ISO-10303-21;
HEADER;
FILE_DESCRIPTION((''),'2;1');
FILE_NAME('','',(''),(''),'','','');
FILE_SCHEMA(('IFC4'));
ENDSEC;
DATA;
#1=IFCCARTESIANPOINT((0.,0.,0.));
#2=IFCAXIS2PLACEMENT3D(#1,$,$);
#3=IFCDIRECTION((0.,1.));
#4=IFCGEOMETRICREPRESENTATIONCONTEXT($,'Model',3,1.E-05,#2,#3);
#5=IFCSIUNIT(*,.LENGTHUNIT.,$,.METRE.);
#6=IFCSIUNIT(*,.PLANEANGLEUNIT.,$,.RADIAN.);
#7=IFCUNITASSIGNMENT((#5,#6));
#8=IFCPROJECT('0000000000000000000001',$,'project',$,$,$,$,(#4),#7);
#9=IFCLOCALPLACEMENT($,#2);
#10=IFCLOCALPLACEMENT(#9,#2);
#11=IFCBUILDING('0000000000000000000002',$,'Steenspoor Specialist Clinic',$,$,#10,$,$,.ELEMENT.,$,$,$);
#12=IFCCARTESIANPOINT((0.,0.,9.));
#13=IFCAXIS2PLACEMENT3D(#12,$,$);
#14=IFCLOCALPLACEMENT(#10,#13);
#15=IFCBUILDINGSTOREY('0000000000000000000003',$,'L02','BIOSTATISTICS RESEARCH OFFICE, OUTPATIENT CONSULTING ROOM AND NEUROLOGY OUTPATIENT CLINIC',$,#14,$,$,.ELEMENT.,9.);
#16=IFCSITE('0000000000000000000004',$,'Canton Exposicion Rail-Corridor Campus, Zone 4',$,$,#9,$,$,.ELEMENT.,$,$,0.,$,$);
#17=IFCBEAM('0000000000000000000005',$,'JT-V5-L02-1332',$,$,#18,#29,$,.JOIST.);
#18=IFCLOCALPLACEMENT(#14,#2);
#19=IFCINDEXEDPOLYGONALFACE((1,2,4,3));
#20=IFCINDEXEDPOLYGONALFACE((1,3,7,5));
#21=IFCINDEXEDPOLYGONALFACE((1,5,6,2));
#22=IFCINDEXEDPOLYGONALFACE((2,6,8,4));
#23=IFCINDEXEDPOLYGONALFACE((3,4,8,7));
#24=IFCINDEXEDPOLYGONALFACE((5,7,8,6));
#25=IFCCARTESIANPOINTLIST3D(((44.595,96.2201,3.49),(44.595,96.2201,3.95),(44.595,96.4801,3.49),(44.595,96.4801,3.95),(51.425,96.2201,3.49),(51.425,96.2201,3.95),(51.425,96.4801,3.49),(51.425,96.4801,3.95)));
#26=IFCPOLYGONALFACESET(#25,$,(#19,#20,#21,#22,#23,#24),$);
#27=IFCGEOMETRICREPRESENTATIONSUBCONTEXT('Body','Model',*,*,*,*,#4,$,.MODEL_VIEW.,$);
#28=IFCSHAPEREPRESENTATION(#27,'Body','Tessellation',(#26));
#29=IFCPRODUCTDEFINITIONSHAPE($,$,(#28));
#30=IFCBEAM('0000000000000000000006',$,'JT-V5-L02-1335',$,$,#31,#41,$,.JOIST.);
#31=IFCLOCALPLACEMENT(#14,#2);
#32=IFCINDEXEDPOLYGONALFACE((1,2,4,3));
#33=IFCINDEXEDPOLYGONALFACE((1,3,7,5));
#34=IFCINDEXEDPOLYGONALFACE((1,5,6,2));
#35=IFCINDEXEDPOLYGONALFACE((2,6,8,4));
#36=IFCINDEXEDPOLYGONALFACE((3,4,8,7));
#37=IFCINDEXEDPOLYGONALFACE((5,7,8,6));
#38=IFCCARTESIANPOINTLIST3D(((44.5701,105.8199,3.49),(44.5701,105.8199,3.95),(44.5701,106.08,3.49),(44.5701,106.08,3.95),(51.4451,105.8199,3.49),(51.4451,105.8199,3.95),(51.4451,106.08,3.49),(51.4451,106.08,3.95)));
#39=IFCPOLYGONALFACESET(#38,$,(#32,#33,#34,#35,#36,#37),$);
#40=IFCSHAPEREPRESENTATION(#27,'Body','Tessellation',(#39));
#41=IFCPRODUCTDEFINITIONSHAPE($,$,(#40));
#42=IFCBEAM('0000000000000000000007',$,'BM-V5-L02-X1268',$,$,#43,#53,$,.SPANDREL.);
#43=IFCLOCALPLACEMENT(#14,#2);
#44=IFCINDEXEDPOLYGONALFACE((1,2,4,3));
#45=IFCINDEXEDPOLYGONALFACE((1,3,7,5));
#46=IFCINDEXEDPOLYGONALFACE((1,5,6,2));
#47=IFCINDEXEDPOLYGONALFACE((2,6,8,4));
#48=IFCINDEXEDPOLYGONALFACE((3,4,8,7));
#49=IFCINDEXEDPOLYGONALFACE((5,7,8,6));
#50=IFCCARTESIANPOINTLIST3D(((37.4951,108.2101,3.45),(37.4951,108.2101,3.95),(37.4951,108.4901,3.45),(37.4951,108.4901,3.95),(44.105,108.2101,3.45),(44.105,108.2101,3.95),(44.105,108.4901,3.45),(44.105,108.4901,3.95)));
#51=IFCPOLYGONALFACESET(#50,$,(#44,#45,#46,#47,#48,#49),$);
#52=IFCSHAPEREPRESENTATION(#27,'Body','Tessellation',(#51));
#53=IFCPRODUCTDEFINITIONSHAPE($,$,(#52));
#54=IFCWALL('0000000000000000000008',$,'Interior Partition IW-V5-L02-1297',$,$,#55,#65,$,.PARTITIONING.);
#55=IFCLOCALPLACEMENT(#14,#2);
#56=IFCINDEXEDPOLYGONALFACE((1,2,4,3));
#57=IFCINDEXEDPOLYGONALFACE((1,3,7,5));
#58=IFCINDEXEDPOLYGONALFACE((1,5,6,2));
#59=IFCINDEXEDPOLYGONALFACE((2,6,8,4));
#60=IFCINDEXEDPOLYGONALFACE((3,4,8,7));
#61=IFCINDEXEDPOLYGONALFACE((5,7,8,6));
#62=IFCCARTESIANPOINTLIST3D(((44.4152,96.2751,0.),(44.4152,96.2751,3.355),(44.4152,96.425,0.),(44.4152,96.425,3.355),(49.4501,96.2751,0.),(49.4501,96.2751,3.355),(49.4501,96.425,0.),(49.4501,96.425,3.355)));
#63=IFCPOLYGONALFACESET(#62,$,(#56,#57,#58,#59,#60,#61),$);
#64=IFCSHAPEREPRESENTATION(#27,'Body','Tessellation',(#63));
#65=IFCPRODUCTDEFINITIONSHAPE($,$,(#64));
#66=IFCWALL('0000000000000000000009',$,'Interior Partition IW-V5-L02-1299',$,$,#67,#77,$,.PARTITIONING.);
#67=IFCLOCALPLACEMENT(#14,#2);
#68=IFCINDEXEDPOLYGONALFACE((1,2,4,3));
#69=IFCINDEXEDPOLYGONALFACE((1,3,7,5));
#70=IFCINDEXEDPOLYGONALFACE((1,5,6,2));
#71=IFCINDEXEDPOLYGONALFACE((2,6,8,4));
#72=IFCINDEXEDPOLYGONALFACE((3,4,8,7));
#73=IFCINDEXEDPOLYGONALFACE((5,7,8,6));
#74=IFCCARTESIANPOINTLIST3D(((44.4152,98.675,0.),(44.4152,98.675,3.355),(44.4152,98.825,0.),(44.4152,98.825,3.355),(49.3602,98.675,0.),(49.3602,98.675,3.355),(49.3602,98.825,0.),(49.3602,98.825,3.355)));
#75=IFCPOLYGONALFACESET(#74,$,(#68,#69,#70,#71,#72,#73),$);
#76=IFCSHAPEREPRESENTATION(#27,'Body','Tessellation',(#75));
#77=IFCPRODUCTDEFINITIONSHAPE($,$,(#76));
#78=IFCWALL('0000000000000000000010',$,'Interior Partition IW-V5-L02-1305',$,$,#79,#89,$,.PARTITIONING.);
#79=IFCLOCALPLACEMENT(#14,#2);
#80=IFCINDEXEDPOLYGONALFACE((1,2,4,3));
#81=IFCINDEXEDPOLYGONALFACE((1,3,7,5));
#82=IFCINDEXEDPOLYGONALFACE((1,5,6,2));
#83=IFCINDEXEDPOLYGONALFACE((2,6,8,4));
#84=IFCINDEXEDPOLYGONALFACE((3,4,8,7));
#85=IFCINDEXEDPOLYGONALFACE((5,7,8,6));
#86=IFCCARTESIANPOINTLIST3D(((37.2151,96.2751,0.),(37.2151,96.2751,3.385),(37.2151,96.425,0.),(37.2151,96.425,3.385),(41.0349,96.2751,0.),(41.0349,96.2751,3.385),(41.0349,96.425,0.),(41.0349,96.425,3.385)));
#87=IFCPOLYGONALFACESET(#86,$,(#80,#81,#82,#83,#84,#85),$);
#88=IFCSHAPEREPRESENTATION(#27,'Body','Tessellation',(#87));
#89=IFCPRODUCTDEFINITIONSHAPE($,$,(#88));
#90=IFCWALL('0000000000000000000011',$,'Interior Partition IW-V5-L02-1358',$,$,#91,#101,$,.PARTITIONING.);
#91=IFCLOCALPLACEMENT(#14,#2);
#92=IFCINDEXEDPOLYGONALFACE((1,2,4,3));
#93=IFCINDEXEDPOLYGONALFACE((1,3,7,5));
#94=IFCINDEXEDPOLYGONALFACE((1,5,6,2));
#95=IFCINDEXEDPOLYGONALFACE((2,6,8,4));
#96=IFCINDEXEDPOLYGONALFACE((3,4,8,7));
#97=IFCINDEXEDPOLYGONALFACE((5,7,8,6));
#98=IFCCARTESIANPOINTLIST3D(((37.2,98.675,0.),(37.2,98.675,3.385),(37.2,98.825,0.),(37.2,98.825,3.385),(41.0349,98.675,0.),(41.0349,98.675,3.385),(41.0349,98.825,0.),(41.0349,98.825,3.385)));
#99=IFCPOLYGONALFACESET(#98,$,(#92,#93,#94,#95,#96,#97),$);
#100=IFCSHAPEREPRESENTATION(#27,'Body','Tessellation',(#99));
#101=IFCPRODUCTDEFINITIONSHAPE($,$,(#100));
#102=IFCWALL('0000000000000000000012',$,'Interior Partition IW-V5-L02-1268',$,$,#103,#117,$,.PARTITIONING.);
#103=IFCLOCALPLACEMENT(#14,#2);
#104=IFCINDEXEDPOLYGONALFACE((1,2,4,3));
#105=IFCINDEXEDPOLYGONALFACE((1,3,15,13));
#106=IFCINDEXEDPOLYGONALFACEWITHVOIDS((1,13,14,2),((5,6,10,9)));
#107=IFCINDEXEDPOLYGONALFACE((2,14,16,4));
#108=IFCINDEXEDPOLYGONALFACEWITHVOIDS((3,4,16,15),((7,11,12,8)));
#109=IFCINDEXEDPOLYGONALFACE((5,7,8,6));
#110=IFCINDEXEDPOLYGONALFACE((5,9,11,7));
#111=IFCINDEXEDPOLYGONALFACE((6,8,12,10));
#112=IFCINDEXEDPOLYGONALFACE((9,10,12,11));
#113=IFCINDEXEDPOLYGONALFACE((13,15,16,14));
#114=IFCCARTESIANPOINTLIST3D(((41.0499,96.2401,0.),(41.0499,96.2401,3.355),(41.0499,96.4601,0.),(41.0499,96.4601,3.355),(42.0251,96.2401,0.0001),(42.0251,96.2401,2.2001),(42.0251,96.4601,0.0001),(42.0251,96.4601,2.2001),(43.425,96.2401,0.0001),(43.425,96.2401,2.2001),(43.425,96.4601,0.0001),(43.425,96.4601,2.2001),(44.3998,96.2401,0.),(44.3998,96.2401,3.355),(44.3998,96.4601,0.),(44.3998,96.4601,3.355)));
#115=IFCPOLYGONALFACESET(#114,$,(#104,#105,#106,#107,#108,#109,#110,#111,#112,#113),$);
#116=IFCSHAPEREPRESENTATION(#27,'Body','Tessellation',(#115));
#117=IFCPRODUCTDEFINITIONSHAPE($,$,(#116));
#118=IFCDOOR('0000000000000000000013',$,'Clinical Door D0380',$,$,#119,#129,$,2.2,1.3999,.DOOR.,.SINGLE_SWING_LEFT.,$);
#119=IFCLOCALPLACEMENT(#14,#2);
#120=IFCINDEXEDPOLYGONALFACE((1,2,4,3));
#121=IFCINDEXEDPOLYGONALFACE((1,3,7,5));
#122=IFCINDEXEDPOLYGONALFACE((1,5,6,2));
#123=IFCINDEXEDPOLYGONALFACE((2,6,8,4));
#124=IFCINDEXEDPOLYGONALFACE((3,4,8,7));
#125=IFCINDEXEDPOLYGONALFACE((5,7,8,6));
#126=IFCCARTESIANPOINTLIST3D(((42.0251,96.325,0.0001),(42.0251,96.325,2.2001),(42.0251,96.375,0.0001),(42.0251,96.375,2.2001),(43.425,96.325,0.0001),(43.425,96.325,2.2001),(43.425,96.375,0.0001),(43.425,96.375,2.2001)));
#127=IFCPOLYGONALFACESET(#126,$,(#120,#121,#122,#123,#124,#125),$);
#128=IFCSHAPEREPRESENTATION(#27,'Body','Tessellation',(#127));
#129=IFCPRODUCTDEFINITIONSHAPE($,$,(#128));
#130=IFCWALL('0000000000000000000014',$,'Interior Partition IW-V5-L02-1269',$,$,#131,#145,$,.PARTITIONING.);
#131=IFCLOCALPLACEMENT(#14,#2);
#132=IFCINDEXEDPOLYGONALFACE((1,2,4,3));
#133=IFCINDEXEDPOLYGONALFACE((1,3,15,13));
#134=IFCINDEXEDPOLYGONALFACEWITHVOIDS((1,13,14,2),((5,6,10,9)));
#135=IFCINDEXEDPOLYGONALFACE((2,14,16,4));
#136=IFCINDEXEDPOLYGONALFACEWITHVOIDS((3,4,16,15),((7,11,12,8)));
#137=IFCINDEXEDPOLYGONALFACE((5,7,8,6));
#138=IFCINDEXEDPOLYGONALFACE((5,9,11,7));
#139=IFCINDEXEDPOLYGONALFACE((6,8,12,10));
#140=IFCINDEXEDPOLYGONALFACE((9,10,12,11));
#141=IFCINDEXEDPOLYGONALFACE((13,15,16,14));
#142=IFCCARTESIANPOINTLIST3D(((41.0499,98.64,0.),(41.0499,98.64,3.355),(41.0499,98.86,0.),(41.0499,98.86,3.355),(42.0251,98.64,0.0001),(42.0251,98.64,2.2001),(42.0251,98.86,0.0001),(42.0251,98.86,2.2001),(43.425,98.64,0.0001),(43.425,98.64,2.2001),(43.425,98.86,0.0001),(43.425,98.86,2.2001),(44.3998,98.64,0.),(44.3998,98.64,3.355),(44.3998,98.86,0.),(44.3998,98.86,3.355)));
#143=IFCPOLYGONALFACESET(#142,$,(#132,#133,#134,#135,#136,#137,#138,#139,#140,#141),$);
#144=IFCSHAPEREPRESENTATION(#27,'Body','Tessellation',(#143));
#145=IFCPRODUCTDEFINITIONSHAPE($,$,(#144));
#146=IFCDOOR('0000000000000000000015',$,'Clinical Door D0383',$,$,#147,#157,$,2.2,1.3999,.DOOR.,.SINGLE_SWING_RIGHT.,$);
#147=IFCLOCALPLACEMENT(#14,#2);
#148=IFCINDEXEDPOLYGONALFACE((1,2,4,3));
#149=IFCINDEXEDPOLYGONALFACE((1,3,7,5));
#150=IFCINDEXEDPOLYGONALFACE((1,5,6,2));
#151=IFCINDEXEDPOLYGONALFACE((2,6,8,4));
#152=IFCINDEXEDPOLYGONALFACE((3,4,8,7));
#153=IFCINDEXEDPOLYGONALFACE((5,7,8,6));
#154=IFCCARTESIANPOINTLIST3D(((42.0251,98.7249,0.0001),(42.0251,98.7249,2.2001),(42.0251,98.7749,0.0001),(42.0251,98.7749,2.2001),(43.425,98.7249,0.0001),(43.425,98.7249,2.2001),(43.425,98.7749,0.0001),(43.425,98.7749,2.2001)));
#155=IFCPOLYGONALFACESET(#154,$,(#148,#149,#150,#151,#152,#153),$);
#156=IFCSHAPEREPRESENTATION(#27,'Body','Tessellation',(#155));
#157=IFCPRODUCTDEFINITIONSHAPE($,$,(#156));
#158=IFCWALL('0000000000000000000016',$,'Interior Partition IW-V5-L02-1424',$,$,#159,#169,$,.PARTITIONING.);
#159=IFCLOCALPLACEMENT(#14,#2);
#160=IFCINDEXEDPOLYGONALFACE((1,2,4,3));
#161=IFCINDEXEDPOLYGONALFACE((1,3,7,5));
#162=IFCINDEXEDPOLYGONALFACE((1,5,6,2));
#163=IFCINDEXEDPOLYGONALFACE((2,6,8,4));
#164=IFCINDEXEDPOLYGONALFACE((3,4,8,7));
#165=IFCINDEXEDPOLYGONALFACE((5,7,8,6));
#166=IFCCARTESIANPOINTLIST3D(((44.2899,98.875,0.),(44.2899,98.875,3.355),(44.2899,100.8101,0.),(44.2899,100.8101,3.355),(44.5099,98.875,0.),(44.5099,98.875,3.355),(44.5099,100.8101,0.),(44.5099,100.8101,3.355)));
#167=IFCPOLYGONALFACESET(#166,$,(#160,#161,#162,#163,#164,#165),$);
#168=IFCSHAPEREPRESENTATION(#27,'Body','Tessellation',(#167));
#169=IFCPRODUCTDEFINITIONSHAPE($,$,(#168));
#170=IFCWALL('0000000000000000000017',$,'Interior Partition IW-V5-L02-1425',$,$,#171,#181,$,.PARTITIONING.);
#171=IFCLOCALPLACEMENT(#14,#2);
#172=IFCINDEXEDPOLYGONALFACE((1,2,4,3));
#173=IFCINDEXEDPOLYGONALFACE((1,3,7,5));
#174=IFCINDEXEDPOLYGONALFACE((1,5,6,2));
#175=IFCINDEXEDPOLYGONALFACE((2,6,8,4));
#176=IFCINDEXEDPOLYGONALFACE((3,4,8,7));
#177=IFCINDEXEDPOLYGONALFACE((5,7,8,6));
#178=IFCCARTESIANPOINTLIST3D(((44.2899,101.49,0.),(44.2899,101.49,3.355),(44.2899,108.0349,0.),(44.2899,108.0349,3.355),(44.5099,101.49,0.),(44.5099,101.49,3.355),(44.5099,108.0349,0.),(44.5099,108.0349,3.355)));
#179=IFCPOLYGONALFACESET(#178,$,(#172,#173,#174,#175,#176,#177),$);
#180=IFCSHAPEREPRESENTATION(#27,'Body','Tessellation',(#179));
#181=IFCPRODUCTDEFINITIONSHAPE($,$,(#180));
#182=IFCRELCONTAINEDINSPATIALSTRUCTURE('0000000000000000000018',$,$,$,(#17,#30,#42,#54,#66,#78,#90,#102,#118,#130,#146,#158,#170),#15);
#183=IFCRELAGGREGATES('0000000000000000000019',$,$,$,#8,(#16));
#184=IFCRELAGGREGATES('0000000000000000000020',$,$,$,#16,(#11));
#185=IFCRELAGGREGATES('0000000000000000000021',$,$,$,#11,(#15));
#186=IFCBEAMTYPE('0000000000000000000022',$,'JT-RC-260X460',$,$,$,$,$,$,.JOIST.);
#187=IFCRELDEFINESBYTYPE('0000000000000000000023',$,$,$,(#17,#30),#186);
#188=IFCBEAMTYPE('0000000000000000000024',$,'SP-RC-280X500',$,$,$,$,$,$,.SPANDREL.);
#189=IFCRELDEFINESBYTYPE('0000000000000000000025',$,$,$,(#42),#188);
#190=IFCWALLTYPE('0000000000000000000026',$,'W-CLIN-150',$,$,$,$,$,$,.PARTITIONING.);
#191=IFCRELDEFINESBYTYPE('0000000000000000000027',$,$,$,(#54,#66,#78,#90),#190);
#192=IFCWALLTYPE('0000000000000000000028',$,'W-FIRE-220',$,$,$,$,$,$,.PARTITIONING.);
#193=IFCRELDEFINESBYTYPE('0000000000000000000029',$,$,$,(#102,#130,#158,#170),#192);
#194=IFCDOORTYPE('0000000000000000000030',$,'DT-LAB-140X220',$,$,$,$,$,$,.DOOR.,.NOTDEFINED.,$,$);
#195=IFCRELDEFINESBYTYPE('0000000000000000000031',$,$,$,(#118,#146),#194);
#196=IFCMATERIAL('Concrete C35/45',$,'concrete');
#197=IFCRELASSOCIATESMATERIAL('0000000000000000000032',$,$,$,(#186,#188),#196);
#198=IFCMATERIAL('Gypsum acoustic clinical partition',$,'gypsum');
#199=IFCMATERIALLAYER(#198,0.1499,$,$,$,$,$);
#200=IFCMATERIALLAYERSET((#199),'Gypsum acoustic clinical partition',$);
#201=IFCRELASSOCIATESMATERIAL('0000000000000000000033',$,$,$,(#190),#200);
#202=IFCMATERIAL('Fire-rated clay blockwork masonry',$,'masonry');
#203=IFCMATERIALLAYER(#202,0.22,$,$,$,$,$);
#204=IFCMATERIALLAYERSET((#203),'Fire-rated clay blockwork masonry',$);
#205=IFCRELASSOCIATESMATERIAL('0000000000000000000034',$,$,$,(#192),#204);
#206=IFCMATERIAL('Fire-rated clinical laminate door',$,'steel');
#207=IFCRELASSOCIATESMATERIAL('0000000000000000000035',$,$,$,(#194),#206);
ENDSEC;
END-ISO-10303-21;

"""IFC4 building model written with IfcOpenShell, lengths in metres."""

from ifc_helpers import new_model, si_unit, direction, frame, frame_2d, origin, origin_2d, place, context, subcontext, project, spatial, rectangle, extrude, material, layer, layer_set, material_profile, profile_set, type_object, element, fill, save


model = new_model("IFC4")

# Units and contexts
model_context = context("Model", 3, precision=1e-05, world=origin(), true_north=direction((0.0, 1.0)))
body_context = subcontext(model_context, "Body", "Model", "MODEL_VIEW")
ifc_project = project(units=[si_unit("LENGTHUNIT", "METRE"), si_unit("PLANEANGLEUNIT", "RADIAN")], contexts=[model_context])

# Site, building, storey
site_placement = place(None, origin())
site = spatial("IfcSite", under=ifc_project, at=site_placement, Name="Canton Exposicion Rail-Corridor Campus, Zone 4", CompositionType="ELEMENT", RefElevation=0.0)
building_placement = place(site_placement, origin())
building = spatial("IfcBuilding", under=site, at=building_placement, Name="Steenspoor Specialist Clinic", CompositionType="ELEMENT")
storey_placement = place(building_placement, frame((0.0, 0.0, 9.0)))
storey = spatial("IfcBuildingStorey", under=building, at=storey_placement, Name="L02", Description="BIOSTATISTICS RESEARCH OFFICE, OUTPATIENT CONSULTING ROOM AND NEUROLOGY OUTPATIENT CLINIC", CompositionType="ELEMENT", Elevation=9.0)

# Beams
ifc_material_1 = material(Name="Concrete C35/45", Category="concrete")
ifc_material_profile_1 = material_profile(ifc_material_1, rectangle(XDim=0.26, YDim=0.46, at=origin_2d()), Name="RC-JT-260X460")
ifc_profile_set_1 = profile_set([ifc_material_profile_1], Name="Concrete C35/45")
beam_type_1 = type_object("IfcBeamType", Name="JT-RC-260X460", PredefinedType="JOIST", material=ifc_profile_set_1)
beam_1_placement = place(storey_placement, frame((44.595, 96.3501, 3.72), z_axis=(1.0, 0.0, 0.0), x_axis=(0.0, 1.0, 0.0)))
element("IfcBeam", 1, at=beam_1_placement, inside=storey, type_object=beam_type_1, Name="JT-V5-L02-1332", PredefinedType="JOIST", context=body_context, shape_type="SweptSolid", body=[
    extrude(rectangle(XDim=0.26, YDim=0.46, at=origin_2d()), origin(), (0.0, 0.0, 1.0), 6.8301),
])
beam_2_placement = place(storey_placement, frame((44.5701, 105.95, 3.72), z_axis=(1.0, 0.0, 0.0), x_axis=(0.0, 1.0, 0.0)))
element("IfcBeam", 2, at=beam_2_placement, inside=storey, type_object=beam_type_1, Name="JT-V5-L02-1335", PredefinedType="JOIST", context=body_context, shape_type="SweptSolid", body=[
    extrude(rectangle(XDim=0.26, YDim=0.46, at=origin_2d()), origin(), (0.0, 0.0, 1.0), 6.875),
])
ifc_material_profile_2 = material_profile(ifc_material_1, rectangle(XDim=0.28, YDim=0.5, at=origin_2d()), Name="RC-SP-280X500")
ifc_profile_set_2 = profile_set([ifc_material_profile_2], Name="Concrete C35/45")
beam_type_2 = type_object("IfcBeamType", Name="SP-RC-280X500", PredefinedType="SPANDREL", material=ifc_profile_set_2)
beam_3_placement = place(storey_placement, frame((37.4951, 108.3501, 3.7), z_axis=(1.0, 0.0, 0.0), x_axis=(0.0, 1.0, 0.0)))
element("IfcBeam", 3, at=beam_3_placement, inside=storey, type_object=beam_type_2, Name="BM-V5-L02-X1268", PredefinedType="SPANDREL", context=body_context, shape_type="SweptSolid", body=[
    extrude(rectangle(XDim=0.28, YDim=0.5, at=origin_2d()), origin(), (0.0, 0.0, 1.0), 6.6099),
])

# Walls
ifc_material_2 = material(Name="Gypsum acoustic clinical partition", Category="gypsum")
ifc_layer_1 = layer(ifc_material_2, 0.1499)
ifc_layer_set_1 = layer_set([ifc_layer_1], Name="Gypsum acoustic clinical partition")
wall_type_1 = type_object("IfcWallType", Name="W-CLIN-150", PredefinedType="PARTITIONING", material=ifc_layer_set_1)
wall_1_placement = place(storey_placement, frame((44.415, 96.3501, 0.0), z_axis=(0.0, 0.0, 1.0), x_axis=(1.0, 0.0, 0.0)))
element("IfcWall", 4, at=wall_1_placement, inside=storey, type_object=wall_type_1, Name="Interior Partition IW-V5-L02-1297", PredefinedType="PARTITIONING", context=body_context, shape_type="SweptSolid", body=[
    extrude(rectangle(XDim=5.0349, YDim=0.1499, at=frame_2d((2.5176, 0.0))), origin(), (0.0, 0.0, 1.0), 3.355),
])
wall_2_placement = place(storey_placement, frame((44.415, 98.75, 0.0), z_axis=(0.0, 0.0, 1.0), x_axis=(1.0, 0.0, 0.0)))
element("IfcWall", 5, at=wall_2_placement, inside=storey, type_object=wall_type_1, Name="Interior Partition IW-V5-L02-1299", PredefinedType="PARTITIONING", context=body_context, shape_type="SweptSolid", body=[
    extrude(rectangle(XDim=4.9451, YDim=0.1499, at=frame_2d((2.4727, 0.0))), origin(), (0.0, 0.0, 1.0), 3.355),
])
wall_3_placement = place(storey_placement, frame((37.2151, 96.3501, 0.0), z_axis=(0.0, 0.0, 1.0), x_axis=(1.0, 0.0, 0.0)))
element("IfcWall", 6, at=wall_3_placement, inside=storey, type_object=wall_type_1, Name="Interior Partition IW-V5-L02-1305", PredefinedType="PARTITIONING", context=body_context, shape_type="SweptSolid", body=[
    extrude(rectangle(XDim=3.8198, YDim=0.1499, at=frame_2d((1.9099, 0.0))), origin(), (0.0, 0.0, 1.0), 3.385),
])
wall_4_placement = place(storey_placement, frame((37.2, 98.75, 0.0), z_axis=(0.0, 0.0, 1.0), x_axis=(1.0, 0.0, 0.0)))
element("IfcWall", 7, at=wall_4_placement, inside=storey, type_object=wall_type_1, Name="Interior Partition IW-V5-L02-1358", PredefinedType="PARTITIONING", context=body_context, shape_type="SweptSolid", body=[
    extrude(rectangle(XDim=3.835, YDim=0.1499, at=frame_2d((1.9175, 0.0))), origin(), (0.0, 0.0, 1.0), 3.385),
])

# Walls, openings, doors
ifc_material_3 = material(Name="Fire-rated clay blockwork masonry", Category="masonry")
ifc_layer_2 = layer(ifc_material_3, 0.22)
ifc_layer_set_2 = layer_set([ifc_layer_2], Name="Fire-rated clay blockwork masonry")
wall_type_2 = type_object("IfcWallType", Name="W-FIRE-220", PredefinedType="PARTITIONING", material=ifc_layer_set_2)
wall_5_placement = place(storey_placement, frame((41.05, 96.3501, 0.0), z_axis=(0.0, 0.0, 1.0), x_axis=(1.0, 0.0, 0.0)))
wall_5 = element("IfcWall", 8, at=wall_5_placement, inside=storey, type_object=wall_type_2, Name="Interior Partition IW-V5-L02-1268", PredefinedType="PARTITIONING", context=body_context, shape_type="SweptSolid", body=[
    extrude(rectangle(XDim=3.3499, YDim=0.22, at=frame_2d((1.6748, 0.0))), origin(), (0.0, 0.0, 1.0), 3.355),
])
opening_1_placement = place(wall_5_placement, frame((0.9751, 0.0, 0.0)))
opening_1 = element("IfcOpeningElement", 9, at=opening_1_placement, cuts=wall_5, PredefinedType="OPENING", context=body_context, shape_type="SweptSolid", body=[
    extrude(rectangle(XDim=1.3999, YDim=2.2, at=frame_2d((0.7, 1.1001))), frame((0.0, 0.1201, 0.0), z_axis=(0.0, -1.0, 0.0), x_axis=(1.0, 0.0, 0.0)), (0.0, 0.0, 1.0), 0.24),
])
ifc_material_4 = material(Name="Fire-rated clinical laminate door", Category="steel")
door_type = type_object("IfcDoorType", Name="DT-LAB-140X220", OperationType="NOTDEFINED", PredefinedType="DOOR", material=ifc_material_4)
door_1_placement = place(opening_1_placement, origin())
door_1 = element("IfcDoor", 10, at=door_1_placement, inside=storey, type_object=door_type, Name="Clinical Door D0380", OperationType="SINGLE_SWING_LEFT", OverallHeight=2.2, OverallWidth=1.3999, PredefinedType="DOOR", context=body_context, shape_type="SweptSolid", body=[
    extrude(rectangle(XDim=1.3999, YDim=2.2, at=frame_2d((0.7, 1.1001))), frame((0.0, 0.0249, 0.0), z_axis=(0.0, -1.0, 0.0), x_axis=(1.0, 0.0, 0.0)), (0.0, 0.0, 1.0), 0.05),
])
fill(opening_1, door_1)
wall_6_placement = place(storey_placement, frame((41.05, 98.75, 0.0), z_axis=(0.0, 0.0, 1.0), x_axis=(1.0, 0.0, 0.0)))
wall_6 = element("IfcWall", 11, at=wall_6_placement, inside=storey, type_object=wall_type_2, Name="Interior Partition IW-V5-L02-1269", PredefinedType="PARTITIONING", context=body_context, shape_type="SweptSolid", body=[
    extrude(rectangle(XDim=3.3499, YDim=0.22, at=frame_2d((1.6748, 0.0))), origin(), (0.0, 0.0, 1.0), 3.355),
])
opening_2_placement = place(wall_6_placement, frame((0.9751, 0.0, 0.0)))
opening_2 = element("IfcOpeningElement", 12, at=opening_2_placement, cuts=wall_6, PredefinedType="OPENING", context=body_context, shape_type="SweptSolid", body=[
    extrude(rectangle(XDim=1.3999, YDim=2.2, at=frame_2d((0.7, 1.1001))), frame((0.0, 0.1201, 0.0), z_axis=(0.0, -1.0, 0.0), x_axis=(1.0, 0.0, 0.0)), (0.0, 0.0, 1.0), 0.24),
])
door_2_placement = place(opening_2_placement, origin())
door_2 = element("IfcDoor", 13, at=door_2_placement, inside=storey, type_object=door_type, Name="Clinical Door D0383", OperationType="SINGLE_SWING_RIGHT", OverallHeight=2.2, OverallWidth=1.3999, PredefinedType="DOOR", context=body_context, shape_type="SweptSolid", body=[
    extrude(rectangle(XDim=1.3999, YDim=2.2, at=frame_2d((0.7, 1.1001))), frame((0.0, 0.0249, 0.0), z_axis=(0.0, -1.0, 0.0), x_axis=(1.0, 0.0, 0.0)), (0.0, 0.0, 1.0), 0.05),
])
fill(opening_2, door_2)

# Walls
wall_7_placement = place(storey_placement, frame((44.3999, 98.875, 0.0), z_axis=(0.0, 0.0, 1.0), x_axis=(0.0, 1.0, 0.0)))
element("IfcWall", 14, at=wall_7_placement, inside=storey, type_object=wall_type_2, Name="Interior Partition IW-V5-L02-1424", PredefinedType="PARTITIONING", context=body_context, shape_type="SweptSolid", body=[
    extrude(rectangle(XDim=1.9351, YDim=0.22, at=frame_2d((0.9675, 0.0))), origin(), (0.0, 0.0, 1.0), 3.355),
])
wall_8_placement = place(storey_placement, frame((44.3999, 101.49, 0.0), z_axis=(0.0, 0.0, 1.0), x_axis=(0.0, 1.0, 0.0)))
element("IfcWall", 15, at=wall_8_placement, inside=storey, type_object=wall_type_2, Name="Interior Partition IW-V5-L02-1425", PredefinedType="PARTITIONING", context=body_context, shape_type="SweptSolid", body=[
    extrude(rectangle(XDim=6.5449, YDim=0.22, at=frame_2d((3.2725, 0.0))), origin(), (0.0, 0.0, 1.0), 3.355),
])

save(model, "model.ifc")
